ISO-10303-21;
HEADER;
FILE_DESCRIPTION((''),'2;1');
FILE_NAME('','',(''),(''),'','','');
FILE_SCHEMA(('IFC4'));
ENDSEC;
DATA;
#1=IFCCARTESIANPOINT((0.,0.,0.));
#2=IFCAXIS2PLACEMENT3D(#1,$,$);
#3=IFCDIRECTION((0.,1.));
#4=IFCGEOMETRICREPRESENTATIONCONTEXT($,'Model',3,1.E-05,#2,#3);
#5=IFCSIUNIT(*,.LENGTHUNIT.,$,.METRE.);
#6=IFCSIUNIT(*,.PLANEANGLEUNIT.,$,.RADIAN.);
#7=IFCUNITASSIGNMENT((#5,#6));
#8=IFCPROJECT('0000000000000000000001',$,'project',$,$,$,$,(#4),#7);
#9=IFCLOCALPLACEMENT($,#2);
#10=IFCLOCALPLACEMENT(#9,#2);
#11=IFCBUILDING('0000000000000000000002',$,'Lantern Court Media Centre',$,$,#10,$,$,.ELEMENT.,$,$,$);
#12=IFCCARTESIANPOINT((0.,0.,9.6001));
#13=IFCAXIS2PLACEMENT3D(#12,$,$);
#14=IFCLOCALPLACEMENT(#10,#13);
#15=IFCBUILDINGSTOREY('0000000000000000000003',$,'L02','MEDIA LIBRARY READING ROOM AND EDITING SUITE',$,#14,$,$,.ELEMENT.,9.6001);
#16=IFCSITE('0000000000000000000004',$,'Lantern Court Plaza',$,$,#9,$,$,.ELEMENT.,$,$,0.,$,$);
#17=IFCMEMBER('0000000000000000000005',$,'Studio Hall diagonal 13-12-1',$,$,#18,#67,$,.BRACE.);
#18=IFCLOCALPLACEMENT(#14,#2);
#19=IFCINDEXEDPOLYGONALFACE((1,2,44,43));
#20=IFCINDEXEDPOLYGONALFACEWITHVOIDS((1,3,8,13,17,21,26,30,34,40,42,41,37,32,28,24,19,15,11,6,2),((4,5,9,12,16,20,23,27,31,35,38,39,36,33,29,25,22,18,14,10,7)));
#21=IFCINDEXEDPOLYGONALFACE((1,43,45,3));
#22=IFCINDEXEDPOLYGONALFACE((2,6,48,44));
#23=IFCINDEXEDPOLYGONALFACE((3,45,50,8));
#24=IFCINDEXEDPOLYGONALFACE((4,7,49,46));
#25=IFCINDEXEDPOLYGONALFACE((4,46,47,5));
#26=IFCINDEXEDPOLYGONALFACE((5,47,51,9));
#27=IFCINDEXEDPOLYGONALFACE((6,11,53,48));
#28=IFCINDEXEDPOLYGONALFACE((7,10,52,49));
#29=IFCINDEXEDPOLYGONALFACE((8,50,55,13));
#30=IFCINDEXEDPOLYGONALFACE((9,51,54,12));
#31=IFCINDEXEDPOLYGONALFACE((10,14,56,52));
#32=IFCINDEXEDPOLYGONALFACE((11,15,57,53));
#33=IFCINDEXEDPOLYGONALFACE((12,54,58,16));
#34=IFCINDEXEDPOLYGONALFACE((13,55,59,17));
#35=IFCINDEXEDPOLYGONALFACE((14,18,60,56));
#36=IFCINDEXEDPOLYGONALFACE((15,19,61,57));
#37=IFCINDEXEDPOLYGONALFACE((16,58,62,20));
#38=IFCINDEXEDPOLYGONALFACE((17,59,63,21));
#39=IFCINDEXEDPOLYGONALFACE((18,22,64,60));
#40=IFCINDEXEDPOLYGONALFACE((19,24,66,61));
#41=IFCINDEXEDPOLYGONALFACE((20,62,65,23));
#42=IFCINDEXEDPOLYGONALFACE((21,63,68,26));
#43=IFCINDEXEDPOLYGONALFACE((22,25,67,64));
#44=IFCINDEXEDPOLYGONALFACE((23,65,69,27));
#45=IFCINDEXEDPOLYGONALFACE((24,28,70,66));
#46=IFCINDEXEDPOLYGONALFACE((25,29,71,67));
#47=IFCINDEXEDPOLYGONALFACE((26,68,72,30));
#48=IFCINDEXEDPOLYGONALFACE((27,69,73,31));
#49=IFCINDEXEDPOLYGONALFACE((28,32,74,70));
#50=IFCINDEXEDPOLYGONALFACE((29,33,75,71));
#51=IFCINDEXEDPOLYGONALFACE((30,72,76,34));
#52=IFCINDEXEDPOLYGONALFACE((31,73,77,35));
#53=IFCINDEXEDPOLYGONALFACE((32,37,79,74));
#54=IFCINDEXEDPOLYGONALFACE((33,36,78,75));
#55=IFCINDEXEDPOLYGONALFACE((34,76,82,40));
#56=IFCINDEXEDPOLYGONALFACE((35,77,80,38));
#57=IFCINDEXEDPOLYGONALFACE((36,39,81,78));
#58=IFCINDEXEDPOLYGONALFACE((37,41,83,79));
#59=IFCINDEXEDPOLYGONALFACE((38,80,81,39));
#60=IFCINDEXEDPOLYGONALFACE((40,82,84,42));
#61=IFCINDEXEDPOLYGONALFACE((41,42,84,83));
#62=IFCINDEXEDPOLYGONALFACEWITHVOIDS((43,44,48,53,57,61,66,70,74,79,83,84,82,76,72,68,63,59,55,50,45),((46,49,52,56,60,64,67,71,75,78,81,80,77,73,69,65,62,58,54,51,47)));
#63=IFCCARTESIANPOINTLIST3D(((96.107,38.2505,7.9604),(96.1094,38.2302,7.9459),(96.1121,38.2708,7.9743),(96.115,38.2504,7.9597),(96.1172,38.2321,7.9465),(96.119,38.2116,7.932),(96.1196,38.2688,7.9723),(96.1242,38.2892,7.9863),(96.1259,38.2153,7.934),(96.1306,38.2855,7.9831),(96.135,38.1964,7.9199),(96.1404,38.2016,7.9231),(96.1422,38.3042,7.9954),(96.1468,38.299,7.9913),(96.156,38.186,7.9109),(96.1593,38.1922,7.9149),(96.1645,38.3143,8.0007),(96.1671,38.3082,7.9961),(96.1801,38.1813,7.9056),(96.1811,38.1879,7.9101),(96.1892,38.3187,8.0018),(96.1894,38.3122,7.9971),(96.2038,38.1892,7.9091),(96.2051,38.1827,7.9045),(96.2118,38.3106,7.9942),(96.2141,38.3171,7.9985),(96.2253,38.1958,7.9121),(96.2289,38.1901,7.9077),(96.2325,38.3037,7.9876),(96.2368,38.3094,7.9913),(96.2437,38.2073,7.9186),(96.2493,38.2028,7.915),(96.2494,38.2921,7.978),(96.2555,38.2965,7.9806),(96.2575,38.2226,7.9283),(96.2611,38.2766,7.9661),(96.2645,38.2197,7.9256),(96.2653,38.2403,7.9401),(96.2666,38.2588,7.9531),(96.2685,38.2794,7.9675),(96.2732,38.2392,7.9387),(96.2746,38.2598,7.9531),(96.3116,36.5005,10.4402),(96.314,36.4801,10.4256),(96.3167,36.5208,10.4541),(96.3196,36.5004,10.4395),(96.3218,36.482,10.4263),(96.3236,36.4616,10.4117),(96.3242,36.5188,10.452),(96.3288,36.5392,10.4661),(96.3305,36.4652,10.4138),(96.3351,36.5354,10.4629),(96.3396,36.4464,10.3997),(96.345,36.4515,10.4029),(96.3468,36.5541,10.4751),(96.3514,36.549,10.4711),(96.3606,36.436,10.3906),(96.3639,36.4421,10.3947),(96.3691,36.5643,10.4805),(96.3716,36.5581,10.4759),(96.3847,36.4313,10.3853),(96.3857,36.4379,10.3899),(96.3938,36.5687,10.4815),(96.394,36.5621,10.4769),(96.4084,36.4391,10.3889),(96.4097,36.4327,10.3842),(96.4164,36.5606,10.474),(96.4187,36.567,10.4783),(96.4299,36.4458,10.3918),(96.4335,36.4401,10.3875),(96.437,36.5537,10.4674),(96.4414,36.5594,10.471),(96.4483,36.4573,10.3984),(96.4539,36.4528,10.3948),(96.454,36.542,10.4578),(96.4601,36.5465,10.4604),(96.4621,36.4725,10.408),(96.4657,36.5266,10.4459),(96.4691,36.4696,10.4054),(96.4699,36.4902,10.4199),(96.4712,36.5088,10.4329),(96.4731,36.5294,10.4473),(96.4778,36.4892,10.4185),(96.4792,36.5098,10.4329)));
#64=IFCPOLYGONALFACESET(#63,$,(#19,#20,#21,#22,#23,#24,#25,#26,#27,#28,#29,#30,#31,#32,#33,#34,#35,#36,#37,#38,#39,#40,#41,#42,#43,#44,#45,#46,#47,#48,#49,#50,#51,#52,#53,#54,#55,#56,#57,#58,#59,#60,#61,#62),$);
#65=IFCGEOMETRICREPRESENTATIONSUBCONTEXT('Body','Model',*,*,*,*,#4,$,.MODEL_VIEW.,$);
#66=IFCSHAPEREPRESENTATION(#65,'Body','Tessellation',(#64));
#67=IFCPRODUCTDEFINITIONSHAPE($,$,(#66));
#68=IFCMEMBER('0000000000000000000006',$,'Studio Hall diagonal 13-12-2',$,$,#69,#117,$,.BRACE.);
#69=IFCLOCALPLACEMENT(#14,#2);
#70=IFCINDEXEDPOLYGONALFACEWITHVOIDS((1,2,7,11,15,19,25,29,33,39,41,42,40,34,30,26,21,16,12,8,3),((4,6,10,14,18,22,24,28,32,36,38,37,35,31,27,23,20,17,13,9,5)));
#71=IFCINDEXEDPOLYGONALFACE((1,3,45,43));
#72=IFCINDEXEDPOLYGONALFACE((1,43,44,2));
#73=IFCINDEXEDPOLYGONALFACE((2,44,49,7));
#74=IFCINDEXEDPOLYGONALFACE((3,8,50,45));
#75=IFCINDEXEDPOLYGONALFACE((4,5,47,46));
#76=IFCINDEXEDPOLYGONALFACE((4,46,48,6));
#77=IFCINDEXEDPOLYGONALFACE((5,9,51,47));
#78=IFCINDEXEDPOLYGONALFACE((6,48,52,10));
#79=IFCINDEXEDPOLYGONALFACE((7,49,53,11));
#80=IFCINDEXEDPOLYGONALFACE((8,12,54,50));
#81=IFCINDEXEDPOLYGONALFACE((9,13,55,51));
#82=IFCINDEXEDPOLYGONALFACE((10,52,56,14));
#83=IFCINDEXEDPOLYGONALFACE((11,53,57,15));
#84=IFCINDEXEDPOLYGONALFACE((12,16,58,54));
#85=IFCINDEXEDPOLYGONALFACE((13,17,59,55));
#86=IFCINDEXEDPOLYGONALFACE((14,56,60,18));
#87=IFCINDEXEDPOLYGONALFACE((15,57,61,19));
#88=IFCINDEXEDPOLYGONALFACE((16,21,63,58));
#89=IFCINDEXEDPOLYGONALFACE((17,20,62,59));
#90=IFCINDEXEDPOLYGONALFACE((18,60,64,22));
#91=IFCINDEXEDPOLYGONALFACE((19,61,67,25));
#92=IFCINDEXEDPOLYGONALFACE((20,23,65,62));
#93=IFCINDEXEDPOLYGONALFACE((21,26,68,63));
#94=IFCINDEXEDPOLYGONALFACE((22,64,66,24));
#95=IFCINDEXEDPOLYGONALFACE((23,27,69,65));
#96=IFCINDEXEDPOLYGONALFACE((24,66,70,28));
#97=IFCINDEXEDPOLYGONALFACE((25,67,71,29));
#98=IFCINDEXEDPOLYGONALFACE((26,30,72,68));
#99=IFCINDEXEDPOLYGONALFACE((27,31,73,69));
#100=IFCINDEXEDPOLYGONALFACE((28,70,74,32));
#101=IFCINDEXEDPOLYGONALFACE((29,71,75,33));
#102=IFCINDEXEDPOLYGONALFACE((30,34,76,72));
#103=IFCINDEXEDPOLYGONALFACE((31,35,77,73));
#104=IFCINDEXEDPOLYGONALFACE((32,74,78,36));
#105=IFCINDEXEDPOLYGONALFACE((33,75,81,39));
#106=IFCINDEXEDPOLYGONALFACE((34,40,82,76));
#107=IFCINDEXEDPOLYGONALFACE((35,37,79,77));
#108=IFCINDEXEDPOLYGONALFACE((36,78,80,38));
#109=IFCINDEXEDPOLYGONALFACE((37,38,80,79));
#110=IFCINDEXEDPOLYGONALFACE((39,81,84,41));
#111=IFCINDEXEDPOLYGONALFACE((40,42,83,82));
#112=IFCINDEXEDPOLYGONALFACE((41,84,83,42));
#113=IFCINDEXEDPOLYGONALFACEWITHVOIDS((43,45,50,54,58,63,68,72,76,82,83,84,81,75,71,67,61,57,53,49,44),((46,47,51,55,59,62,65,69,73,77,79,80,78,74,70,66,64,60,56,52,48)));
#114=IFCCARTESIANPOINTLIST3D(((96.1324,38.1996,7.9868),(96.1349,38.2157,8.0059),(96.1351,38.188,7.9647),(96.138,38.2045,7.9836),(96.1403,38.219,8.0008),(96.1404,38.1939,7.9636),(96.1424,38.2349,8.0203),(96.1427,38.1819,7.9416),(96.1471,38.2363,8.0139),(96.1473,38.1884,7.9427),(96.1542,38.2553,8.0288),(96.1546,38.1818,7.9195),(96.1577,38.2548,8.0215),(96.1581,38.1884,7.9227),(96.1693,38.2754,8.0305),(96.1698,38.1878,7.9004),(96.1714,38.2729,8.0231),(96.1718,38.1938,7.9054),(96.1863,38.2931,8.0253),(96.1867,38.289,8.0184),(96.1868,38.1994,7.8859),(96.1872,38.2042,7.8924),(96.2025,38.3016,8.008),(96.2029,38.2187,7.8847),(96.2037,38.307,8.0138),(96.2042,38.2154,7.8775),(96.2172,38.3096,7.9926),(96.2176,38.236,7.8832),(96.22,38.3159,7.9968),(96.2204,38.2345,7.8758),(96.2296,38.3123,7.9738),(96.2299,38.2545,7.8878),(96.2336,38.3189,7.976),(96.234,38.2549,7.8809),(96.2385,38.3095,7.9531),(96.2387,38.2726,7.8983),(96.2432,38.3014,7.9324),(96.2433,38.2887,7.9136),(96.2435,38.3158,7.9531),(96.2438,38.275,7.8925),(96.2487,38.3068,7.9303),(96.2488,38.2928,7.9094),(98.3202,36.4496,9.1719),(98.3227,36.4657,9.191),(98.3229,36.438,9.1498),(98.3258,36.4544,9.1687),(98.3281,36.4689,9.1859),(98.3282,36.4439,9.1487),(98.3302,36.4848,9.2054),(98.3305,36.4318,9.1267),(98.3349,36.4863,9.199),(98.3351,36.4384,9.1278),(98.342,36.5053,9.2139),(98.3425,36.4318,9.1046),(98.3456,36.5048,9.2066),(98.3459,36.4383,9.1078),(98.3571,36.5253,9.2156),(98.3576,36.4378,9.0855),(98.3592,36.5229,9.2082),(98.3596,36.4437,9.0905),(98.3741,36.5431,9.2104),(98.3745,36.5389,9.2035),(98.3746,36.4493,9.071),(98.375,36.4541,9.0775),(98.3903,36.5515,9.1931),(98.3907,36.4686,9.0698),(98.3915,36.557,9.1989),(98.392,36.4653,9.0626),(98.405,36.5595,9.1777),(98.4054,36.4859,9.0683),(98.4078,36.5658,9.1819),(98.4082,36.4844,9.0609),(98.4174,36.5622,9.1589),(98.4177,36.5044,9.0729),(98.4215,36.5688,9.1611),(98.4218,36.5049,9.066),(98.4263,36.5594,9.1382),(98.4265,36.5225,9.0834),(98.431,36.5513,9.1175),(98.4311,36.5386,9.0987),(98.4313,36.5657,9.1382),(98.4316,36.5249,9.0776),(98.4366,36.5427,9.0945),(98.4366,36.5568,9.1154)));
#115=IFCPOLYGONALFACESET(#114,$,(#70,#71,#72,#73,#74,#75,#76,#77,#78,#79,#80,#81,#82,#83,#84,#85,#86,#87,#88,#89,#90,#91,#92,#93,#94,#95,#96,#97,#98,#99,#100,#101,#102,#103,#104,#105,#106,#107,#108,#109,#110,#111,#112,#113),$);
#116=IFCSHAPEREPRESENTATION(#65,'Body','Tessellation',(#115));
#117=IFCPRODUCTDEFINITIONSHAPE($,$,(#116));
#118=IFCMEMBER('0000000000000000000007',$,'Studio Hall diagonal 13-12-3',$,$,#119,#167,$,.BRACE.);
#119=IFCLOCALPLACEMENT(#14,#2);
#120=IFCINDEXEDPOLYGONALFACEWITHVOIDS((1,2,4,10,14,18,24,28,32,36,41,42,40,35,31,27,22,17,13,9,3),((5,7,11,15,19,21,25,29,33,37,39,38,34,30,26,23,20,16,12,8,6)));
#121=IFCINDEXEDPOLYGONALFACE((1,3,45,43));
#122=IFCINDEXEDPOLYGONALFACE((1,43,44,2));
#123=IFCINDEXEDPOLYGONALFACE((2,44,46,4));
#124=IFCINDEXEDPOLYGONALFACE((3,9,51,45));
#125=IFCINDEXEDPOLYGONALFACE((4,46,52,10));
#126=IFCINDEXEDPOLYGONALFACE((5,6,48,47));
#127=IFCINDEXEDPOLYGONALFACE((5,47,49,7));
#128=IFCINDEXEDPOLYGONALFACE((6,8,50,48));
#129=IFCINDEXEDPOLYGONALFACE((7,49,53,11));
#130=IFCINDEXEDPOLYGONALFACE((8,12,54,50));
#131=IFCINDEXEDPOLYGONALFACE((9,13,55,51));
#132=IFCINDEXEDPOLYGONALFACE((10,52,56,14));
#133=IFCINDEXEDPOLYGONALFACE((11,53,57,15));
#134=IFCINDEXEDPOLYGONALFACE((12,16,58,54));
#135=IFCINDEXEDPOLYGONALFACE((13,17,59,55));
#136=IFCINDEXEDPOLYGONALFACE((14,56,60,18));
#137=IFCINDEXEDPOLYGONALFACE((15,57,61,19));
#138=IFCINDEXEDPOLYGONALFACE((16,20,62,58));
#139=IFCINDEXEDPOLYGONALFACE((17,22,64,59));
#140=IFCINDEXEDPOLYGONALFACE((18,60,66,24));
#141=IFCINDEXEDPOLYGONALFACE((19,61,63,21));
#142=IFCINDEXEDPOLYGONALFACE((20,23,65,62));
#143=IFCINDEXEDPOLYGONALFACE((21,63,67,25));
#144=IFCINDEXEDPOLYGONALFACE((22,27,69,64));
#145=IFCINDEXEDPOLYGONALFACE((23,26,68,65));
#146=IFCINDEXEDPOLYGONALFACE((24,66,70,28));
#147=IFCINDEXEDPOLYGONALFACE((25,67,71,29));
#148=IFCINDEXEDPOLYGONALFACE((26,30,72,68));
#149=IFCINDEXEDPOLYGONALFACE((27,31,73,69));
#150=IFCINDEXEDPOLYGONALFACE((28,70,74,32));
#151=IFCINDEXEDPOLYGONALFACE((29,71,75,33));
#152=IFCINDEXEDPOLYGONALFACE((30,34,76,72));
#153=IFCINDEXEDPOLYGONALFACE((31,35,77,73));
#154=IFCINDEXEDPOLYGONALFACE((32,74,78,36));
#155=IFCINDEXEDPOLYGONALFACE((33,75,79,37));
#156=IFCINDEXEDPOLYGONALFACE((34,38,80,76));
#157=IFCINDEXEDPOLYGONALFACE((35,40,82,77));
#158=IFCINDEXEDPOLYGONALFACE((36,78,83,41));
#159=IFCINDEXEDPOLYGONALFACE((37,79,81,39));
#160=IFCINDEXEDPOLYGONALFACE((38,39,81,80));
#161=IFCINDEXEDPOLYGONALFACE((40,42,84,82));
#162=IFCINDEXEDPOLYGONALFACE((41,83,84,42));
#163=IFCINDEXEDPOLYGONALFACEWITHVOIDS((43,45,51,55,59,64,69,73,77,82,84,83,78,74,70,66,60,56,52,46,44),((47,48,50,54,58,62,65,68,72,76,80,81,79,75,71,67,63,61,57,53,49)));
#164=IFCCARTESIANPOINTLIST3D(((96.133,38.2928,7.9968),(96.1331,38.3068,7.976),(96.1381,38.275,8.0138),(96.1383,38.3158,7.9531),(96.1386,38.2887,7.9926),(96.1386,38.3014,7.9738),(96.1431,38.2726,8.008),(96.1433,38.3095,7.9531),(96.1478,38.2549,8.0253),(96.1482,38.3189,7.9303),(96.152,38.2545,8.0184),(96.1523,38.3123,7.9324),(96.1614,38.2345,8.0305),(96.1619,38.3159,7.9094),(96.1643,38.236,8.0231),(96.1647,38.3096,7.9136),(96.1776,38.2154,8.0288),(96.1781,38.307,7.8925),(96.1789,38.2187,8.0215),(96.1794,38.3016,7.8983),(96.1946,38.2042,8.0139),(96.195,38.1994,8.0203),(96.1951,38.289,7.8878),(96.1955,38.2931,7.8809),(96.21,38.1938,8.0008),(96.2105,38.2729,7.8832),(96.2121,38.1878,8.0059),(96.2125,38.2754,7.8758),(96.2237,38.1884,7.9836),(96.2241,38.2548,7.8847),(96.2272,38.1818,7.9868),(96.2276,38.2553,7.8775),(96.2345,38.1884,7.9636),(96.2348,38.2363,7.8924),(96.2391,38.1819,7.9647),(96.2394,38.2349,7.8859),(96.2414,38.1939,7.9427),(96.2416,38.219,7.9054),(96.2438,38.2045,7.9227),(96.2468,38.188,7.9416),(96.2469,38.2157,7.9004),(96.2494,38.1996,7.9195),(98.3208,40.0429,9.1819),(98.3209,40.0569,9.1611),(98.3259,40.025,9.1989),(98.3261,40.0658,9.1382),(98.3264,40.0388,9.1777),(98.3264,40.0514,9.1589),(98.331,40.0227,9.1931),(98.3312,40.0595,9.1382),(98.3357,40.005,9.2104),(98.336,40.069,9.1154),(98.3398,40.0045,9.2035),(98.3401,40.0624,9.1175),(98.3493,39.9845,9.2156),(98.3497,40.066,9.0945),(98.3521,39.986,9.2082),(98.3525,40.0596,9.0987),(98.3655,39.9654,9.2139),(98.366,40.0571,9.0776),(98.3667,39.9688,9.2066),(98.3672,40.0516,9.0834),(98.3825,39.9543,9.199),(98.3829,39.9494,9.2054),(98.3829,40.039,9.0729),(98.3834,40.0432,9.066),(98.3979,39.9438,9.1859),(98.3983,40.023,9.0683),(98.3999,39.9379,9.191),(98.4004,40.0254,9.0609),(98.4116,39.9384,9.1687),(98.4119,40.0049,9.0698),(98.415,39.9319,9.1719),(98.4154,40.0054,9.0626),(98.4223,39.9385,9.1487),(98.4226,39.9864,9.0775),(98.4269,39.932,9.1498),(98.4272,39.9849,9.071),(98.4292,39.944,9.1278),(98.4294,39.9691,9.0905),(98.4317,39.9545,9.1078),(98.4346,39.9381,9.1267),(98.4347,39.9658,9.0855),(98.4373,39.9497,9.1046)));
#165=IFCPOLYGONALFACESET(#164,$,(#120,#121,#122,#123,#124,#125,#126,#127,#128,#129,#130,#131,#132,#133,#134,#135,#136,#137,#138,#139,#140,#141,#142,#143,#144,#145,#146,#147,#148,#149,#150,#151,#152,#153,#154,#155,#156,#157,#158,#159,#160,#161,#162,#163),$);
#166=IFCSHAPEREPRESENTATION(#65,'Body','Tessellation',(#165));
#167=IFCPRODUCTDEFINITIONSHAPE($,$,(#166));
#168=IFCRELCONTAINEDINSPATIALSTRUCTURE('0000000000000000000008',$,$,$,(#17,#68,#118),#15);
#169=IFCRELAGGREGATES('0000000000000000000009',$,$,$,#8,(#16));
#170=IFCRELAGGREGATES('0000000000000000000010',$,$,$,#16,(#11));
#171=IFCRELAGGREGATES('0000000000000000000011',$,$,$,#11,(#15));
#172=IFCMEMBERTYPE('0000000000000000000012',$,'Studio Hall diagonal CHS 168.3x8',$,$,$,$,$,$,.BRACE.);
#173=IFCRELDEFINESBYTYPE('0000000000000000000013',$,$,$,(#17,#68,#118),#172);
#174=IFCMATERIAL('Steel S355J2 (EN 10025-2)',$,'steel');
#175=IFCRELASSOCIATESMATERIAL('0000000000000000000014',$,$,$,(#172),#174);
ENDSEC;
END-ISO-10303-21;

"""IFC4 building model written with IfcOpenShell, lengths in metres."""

from ifc_helpers import new_model, si_unit, direction, frame, origin, origin_2d, place, context, subcontext, project, spatial, hollow_circle, extrude, material, material_profile, profile_set, type_object, element, save


model = new_model("IFC4")

# Units and contexts
model_context = context("Model", 3, precision=1e-05, world=origin(), true_north=direction((0.0, 1.0)))
body_context = subcontext(model_context, "Body", "Model", "MODEL_VIEW")
ifc_project = project(units=[si_unit("LENGTHUNIT", "METRE"), si_unit("PLANEANGLEUNIT", "RADIAN")], contexts=[model_context])

# Site, building, storey
site_placement = place(None, origin())
site = spatial("IfcSite", under=ifc_project, at=site_placement, Name="Lantern Court Plaza", CompositionType="ELEMENT", RefElevation=0.0)
building_placement = place(site_placement, origin())
building = spatial("IfcBuilding", under=site, at=building_placement, Name="Lantern Court Media Centre", CompositionType="ELEMENT")
storey_placement = place(building_placement, frame((0.0, 0.0, 9.6001)))
storey = spatial("IfcBuildingStorey", under=building, at=storey_placement, Name="L02", Description="MEDIA LIBRARY READING ROOM AND EDITING SUITE", CompositionType="ELEMENT", Elevation=9.6001)

# Members
ifc_material = material(Name="Steel S355J2 (EN 10025-2)", Category="steel")
ifc_material_profile_1 = material_profile(ifc_material, hollow_circle(Radius=0.0842, WallThickness=0.0081, at=origin_2d()), Name="Studio Hall diagonal CHS 168.3x8")
ifc_profile_set_1 = profile_set([ifc_material_profile_1], Name="Steel S355J2 (EN 10025-2)")
member_type_1 = type_object("IfcMemberType", Name="Studio Hall diagonal CHS 168.3x8", PredefinedType="BRACE", material=ifc_profile_set_1)
for number, where, z_axis, x_axis, name in (
    (1, (96.1909, 38.25, 7.9531), (0.067256, -0.575289, 0.81518), (0.993235, 0.116118, 0.0), "Studio Hall diagonal 13-12-1"),
    (2, (96.1909, 38.25, 7.9531), (0.719206, -0.5753, 0.38958), (0.624653, 0.780903, 0.0), "Studio Hall diagonal 13-12-2"),
    (3, (96.1909, 38.25, 7.9531), (0.719206, 0.5753, 0.38958), (-0.624653, 0.780903, 0.0), "Studio Hall diagonal 13-12-3"),
):
    element("IfcMember", number, at=place(storey_placement, frame(where, z_axis=z_axis, x_axis=x_axis)), inside=storey, type_object=member_type_1, Name=name, PredefinedType="BRACE", context=body_context, shape_type="SweptSolid", body=[
        extrude(hollow_circle(Radius=0.0842, WallThickness=0.0081, at=origin_2d()), origin(), (0.0, 0.0, 1.0), 3.042),
    ])

save(model, "model.ifc")
